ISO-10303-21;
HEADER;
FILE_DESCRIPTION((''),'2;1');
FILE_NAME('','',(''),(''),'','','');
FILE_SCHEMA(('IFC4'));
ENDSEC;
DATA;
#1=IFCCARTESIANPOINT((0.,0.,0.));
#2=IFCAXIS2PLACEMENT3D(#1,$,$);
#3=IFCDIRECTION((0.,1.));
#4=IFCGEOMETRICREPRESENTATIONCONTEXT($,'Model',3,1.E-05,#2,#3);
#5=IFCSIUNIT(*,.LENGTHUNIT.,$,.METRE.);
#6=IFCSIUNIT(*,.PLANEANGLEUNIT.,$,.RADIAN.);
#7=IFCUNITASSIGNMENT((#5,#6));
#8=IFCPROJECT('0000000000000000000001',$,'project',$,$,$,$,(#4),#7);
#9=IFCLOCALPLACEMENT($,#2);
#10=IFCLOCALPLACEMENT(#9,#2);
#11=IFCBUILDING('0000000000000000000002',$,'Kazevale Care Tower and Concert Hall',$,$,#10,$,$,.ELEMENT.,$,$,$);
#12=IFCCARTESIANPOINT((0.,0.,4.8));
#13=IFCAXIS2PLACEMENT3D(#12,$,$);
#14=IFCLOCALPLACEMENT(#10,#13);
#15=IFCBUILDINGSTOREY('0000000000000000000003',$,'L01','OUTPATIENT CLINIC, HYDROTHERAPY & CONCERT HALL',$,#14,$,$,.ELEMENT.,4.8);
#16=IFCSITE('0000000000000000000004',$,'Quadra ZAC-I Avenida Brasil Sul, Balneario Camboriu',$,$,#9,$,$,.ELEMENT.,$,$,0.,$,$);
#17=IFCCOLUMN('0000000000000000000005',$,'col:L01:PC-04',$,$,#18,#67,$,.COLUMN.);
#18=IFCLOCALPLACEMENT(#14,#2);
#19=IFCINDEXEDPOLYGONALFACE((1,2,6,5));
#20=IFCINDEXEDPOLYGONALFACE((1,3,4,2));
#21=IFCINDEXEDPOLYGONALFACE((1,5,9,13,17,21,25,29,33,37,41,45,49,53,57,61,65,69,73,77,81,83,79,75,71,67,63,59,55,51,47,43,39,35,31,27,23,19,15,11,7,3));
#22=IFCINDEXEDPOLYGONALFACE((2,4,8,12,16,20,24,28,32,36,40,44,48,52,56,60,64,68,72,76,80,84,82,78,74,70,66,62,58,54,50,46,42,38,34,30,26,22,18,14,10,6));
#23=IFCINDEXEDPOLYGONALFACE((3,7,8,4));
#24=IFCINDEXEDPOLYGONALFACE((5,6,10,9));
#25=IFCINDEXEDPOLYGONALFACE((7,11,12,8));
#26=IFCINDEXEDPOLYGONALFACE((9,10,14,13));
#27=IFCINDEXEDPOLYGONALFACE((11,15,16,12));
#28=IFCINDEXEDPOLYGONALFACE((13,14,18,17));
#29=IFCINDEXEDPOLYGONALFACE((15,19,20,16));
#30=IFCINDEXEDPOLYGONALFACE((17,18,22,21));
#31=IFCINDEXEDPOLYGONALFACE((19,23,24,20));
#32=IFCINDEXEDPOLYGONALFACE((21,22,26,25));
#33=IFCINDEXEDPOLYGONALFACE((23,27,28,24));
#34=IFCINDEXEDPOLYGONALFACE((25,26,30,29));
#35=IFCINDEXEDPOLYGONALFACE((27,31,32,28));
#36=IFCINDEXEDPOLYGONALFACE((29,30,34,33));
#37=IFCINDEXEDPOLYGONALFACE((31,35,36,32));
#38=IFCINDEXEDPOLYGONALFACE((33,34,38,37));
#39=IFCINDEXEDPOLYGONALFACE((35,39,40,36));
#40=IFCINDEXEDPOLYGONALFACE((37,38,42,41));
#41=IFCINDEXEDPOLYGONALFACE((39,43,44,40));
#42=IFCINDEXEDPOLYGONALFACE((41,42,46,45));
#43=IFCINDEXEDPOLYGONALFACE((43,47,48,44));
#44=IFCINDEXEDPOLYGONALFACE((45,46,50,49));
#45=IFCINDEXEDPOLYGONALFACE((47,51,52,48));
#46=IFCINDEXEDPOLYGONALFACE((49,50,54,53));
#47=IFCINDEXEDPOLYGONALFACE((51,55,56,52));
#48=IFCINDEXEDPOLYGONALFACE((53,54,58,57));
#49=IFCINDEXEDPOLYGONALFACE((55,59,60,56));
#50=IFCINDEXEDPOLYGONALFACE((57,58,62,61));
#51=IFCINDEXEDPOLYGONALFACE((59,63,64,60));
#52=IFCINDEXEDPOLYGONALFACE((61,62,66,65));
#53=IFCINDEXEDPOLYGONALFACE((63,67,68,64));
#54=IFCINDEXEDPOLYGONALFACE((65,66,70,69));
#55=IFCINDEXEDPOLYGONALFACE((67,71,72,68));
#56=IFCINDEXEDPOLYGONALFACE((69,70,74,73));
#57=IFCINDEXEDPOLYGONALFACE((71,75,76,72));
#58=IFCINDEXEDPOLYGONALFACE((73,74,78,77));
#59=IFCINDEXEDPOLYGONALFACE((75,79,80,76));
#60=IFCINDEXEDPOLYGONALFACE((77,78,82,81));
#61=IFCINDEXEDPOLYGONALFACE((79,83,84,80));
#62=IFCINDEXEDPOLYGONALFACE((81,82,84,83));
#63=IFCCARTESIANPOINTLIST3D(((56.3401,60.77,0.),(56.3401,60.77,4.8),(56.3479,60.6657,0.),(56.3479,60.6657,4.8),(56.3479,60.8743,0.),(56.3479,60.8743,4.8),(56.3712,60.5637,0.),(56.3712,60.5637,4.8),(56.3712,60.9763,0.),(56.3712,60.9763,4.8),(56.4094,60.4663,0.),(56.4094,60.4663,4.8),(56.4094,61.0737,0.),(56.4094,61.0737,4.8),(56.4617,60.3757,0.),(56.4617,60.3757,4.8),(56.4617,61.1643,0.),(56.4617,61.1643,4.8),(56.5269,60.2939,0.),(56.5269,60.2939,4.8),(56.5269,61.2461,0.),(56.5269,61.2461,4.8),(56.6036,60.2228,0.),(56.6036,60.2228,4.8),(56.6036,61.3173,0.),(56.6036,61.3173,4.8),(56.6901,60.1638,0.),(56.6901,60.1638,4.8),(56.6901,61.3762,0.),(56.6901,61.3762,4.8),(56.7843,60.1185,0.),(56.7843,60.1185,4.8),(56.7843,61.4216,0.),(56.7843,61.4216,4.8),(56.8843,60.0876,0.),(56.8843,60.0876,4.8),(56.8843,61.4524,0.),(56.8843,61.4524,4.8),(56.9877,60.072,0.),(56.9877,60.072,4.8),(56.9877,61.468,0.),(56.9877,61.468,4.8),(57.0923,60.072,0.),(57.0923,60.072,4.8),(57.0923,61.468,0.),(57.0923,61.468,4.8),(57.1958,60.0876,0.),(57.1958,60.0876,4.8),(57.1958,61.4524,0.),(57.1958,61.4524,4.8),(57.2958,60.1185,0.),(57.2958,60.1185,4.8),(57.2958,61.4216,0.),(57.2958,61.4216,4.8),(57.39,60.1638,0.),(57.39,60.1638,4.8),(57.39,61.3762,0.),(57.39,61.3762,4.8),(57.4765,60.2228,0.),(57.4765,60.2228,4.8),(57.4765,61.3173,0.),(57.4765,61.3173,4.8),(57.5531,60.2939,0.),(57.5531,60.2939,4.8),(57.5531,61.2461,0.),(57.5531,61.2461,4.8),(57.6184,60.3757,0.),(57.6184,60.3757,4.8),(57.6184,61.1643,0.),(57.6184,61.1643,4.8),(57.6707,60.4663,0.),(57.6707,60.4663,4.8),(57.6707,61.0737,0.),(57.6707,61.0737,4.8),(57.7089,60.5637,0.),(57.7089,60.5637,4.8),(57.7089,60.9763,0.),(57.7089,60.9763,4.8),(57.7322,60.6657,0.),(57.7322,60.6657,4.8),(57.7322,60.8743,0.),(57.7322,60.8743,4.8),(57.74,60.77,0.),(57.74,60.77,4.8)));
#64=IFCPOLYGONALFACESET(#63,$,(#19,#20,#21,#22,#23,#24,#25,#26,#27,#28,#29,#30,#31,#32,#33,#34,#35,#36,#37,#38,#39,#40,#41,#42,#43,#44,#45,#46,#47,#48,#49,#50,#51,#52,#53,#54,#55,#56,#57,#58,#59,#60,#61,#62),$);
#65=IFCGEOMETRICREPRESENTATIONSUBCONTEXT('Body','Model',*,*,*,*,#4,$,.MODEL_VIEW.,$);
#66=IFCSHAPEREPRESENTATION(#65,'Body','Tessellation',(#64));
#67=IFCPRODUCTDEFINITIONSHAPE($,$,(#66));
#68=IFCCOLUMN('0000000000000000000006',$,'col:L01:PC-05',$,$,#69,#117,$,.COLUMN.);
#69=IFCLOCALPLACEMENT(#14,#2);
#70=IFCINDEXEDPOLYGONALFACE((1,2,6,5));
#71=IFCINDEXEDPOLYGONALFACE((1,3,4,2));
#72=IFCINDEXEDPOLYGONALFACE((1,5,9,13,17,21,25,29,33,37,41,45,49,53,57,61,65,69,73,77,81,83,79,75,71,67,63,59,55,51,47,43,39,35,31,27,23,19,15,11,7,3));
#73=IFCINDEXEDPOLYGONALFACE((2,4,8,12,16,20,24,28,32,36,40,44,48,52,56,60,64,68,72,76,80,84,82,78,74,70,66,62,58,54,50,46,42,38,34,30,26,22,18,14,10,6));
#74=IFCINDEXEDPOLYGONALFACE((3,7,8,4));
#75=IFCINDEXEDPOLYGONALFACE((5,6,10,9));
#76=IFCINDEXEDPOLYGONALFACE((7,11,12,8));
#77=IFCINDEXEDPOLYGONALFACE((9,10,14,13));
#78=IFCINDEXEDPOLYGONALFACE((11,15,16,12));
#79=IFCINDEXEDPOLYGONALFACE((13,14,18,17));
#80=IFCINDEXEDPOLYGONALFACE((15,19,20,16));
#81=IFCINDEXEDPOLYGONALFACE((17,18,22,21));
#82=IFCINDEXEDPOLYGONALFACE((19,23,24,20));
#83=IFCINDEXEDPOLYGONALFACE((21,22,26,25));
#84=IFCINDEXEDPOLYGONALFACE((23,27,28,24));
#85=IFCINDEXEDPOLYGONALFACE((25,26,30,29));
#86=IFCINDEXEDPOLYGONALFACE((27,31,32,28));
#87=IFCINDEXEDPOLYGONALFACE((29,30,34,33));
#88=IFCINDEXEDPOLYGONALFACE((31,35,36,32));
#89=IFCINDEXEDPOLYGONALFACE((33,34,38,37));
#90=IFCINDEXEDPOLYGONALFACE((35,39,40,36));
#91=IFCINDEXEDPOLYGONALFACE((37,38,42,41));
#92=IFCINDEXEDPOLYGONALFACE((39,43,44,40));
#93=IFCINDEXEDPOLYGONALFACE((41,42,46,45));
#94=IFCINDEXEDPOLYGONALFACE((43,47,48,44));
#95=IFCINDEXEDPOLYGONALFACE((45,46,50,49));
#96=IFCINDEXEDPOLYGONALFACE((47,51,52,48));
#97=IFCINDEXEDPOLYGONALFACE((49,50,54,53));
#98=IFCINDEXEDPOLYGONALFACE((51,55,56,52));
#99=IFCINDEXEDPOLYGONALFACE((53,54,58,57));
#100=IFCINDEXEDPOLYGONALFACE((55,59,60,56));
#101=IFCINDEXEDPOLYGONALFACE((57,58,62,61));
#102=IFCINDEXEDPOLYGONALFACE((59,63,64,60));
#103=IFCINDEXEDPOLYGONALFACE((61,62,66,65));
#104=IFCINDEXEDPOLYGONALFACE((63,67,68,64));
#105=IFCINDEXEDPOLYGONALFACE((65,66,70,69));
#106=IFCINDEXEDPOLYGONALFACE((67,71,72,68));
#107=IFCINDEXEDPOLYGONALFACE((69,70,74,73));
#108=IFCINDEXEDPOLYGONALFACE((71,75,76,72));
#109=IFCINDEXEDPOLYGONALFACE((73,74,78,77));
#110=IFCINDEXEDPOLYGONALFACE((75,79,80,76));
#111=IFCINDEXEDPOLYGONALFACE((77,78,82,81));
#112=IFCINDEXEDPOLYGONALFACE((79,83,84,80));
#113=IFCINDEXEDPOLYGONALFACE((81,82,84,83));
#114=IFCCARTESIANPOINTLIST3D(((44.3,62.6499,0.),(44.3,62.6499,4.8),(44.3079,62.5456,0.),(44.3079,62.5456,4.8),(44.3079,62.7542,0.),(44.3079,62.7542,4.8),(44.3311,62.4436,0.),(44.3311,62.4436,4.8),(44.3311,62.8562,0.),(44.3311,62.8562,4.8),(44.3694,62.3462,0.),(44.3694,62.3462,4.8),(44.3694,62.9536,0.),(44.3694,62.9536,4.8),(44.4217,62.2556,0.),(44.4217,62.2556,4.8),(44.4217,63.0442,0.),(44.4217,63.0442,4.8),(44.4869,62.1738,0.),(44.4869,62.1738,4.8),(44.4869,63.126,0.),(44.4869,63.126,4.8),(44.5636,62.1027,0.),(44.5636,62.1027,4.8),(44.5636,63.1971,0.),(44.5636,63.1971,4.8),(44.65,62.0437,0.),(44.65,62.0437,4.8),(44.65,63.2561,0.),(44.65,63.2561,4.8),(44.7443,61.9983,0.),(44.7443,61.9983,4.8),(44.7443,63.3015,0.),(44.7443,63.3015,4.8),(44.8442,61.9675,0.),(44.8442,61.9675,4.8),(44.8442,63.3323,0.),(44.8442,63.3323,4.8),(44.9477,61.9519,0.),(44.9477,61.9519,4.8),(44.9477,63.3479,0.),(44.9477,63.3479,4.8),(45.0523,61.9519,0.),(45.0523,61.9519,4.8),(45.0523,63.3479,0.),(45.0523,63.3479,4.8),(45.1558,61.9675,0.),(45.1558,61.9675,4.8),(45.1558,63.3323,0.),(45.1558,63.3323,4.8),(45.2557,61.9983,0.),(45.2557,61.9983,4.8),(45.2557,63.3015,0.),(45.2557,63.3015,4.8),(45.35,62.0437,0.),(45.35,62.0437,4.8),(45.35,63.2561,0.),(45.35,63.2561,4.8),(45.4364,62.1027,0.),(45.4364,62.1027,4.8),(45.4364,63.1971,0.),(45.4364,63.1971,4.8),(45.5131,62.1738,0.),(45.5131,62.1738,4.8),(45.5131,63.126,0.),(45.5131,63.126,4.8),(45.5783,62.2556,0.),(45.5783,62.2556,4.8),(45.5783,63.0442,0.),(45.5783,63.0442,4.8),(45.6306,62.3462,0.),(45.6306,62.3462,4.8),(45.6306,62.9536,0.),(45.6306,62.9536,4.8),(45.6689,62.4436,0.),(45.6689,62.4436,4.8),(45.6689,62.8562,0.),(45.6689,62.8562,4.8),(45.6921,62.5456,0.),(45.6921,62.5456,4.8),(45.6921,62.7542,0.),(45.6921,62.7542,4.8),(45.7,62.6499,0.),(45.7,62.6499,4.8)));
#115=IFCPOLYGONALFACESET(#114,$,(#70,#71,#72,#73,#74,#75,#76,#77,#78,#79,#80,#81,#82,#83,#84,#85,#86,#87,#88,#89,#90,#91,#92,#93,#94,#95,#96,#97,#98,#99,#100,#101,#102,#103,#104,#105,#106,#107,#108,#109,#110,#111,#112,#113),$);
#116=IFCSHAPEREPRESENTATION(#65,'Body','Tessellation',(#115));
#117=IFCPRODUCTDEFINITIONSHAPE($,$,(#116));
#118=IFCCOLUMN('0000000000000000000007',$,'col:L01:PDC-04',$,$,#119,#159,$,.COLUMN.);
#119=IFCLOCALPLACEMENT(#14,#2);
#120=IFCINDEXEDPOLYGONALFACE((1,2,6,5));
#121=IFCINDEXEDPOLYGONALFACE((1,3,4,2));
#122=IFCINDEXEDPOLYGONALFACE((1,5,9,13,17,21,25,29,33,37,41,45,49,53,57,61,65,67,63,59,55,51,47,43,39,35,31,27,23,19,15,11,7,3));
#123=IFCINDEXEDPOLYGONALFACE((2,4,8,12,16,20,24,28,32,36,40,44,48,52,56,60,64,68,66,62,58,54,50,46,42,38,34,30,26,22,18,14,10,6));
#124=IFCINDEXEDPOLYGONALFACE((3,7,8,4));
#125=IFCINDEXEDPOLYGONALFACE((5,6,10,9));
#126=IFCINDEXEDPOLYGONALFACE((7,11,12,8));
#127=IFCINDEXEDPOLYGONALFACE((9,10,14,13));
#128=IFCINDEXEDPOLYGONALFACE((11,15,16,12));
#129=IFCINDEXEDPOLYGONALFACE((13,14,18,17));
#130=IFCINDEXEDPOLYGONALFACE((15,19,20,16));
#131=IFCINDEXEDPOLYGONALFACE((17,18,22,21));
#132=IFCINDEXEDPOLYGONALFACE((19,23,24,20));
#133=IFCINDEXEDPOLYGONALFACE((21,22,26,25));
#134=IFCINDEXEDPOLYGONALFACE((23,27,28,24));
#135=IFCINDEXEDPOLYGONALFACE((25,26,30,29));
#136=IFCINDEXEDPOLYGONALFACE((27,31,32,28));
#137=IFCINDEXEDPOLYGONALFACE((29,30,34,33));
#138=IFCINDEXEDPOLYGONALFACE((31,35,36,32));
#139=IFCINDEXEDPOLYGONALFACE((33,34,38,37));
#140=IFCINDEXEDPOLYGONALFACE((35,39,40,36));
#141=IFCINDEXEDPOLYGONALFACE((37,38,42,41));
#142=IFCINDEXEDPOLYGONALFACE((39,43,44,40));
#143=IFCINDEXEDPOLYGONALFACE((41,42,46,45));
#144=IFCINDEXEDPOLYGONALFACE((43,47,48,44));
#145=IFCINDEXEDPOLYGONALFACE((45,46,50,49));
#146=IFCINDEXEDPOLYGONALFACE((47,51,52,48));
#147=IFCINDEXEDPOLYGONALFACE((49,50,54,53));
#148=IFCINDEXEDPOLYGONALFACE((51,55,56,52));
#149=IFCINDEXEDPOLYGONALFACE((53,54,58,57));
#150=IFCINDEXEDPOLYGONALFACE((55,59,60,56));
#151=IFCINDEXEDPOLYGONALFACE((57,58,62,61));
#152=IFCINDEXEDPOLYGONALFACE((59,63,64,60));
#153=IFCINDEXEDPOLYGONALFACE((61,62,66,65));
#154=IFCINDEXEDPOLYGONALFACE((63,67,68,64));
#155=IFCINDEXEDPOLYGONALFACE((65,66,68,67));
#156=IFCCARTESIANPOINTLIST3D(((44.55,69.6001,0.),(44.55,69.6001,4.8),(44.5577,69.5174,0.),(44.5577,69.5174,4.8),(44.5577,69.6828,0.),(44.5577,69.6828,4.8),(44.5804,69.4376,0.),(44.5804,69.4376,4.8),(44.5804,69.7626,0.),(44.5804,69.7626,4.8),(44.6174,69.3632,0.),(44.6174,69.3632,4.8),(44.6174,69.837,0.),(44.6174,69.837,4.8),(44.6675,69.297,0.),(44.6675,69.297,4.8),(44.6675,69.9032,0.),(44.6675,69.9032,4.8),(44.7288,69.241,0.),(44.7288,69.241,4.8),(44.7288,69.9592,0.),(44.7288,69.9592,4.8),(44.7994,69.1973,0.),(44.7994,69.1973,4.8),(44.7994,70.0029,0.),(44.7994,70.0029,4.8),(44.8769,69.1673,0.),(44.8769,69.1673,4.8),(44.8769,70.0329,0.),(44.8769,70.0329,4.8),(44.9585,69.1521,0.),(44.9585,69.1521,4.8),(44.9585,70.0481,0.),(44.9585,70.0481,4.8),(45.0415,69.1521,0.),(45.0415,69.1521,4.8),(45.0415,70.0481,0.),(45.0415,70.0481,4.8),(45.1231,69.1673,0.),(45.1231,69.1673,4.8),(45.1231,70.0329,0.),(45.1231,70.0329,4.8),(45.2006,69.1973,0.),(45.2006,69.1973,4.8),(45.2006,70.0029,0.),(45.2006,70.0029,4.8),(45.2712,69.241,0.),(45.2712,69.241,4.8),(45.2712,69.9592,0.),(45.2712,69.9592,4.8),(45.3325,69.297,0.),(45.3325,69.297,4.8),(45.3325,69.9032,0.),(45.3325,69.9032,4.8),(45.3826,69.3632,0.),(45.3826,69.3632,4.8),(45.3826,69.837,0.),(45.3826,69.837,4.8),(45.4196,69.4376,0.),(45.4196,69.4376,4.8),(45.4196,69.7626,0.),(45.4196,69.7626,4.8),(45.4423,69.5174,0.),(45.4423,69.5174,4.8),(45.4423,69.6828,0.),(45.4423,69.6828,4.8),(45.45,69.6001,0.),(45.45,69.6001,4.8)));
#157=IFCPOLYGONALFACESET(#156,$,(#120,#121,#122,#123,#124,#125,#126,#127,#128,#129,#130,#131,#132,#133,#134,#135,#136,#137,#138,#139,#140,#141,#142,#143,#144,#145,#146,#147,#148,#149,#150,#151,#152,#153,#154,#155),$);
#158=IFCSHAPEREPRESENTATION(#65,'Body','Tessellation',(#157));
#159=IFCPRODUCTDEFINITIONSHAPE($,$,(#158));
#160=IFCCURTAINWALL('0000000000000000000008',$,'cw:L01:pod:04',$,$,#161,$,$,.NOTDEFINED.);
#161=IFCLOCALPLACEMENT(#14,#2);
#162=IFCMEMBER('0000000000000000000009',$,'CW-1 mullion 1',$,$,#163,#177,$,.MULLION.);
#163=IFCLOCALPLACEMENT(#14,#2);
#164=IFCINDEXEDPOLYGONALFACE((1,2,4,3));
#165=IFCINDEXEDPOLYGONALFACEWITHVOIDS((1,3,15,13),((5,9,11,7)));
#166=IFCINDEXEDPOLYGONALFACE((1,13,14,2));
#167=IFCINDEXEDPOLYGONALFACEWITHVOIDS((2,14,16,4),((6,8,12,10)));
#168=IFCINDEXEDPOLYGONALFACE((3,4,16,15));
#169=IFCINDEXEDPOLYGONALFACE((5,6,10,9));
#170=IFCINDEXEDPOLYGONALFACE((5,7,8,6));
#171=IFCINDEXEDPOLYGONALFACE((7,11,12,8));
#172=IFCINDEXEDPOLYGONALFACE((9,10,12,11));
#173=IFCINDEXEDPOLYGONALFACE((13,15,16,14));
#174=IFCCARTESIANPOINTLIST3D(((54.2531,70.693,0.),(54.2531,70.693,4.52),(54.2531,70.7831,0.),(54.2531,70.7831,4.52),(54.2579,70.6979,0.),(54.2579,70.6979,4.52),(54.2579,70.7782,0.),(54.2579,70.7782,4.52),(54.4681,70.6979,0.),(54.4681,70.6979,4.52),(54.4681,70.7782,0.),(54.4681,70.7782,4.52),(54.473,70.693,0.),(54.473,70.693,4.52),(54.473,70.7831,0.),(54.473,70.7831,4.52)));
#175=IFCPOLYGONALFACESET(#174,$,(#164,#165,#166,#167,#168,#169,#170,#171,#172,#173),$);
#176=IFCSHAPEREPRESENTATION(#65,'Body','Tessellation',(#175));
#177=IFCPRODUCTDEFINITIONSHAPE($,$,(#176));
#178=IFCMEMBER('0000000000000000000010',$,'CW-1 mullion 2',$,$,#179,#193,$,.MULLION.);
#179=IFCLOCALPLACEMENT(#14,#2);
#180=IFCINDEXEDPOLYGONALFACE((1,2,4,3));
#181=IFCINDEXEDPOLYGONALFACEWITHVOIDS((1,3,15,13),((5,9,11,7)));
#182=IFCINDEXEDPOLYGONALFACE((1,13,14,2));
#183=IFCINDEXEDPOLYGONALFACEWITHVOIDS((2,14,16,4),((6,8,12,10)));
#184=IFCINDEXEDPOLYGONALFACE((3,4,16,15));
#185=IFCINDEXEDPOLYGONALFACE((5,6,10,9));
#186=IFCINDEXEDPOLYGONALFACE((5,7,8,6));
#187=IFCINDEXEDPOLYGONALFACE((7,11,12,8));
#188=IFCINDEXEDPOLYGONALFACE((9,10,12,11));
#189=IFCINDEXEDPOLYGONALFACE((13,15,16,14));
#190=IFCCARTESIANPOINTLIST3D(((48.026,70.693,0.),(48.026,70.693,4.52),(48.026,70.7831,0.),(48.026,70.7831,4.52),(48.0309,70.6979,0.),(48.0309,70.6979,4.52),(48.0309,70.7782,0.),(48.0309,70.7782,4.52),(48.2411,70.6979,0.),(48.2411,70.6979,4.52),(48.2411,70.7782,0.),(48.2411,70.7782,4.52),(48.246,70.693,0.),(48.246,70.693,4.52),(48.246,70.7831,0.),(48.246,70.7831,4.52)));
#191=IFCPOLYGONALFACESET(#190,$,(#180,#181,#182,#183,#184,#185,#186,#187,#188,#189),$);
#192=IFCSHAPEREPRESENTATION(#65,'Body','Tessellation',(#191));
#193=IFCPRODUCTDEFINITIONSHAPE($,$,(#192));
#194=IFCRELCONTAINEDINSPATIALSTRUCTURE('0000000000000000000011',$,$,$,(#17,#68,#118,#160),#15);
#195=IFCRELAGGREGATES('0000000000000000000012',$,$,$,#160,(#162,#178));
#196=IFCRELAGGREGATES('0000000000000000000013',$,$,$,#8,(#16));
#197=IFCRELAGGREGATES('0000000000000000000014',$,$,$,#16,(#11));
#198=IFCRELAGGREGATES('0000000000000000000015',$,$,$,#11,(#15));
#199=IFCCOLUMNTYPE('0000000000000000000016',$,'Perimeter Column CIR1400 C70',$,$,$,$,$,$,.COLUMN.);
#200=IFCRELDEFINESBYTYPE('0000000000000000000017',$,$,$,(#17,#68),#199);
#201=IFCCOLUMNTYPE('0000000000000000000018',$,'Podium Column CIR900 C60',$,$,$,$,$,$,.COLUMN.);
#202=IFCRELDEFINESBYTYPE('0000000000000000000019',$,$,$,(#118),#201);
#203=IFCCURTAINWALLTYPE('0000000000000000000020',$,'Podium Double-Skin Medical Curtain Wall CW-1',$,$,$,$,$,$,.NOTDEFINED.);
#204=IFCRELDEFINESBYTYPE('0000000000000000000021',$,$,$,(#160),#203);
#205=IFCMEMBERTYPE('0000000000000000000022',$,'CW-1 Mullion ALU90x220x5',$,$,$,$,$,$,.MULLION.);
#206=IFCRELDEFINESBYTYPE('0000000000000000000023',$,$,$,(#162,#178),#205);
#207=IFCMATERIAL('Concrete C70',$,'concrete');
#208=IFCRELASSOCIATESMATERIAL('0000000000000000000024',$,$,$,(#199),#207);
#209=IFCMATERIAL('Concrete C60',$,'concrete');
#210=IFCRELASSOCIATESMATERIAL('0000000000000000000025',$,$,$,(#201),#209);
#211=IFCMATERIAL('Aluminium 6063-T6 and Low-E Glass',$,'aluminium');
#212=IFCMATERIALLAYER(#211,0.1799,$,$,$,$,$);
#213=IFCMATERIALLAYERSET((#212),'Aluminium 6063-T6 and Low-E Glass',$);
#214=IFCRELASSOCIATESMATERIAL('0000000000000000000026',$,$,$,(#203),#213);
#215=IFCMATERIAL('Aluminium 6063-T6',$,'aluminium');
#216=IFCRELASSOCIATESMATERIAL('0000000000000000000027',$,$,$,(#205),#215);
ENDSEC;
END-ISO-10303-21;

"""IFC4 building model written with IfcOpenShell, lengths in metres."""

from ifc_helpers import new_model, si_unit, direction, frame, origin, origin_2d, place, context, subcontext, project, spatial, hollow_rectangle, circle, extrude, material, layer, layer_set, material_profile, profile_set, type_object, element, aggregate, save


model = new_model("IFC4")

# Units and contexts
model_context = context("Model", 3, precision=1e-05, world=origin(), true_north=direction((0.0, 1.0)))
body_context = subcontext(model_context, "Body", "Model", "MODEL_VIEW")
ifc_project = project(units=[si_unit("LENGTHUNIT", "METRE"), si_unit("PLANEANGLEUNIT", "RADIAN")], contexts=[model_context])

# Site, building, storey
site_placement = place(None, origin())
site = spatial("IfcSite", under=ifc_project, at=site_placement, Name="Quadra ZAC-I Avenida Brasil Sul, Balneario Camboriu", CompositionType="ELEMENT", RefElevation=0.0)
building_placement = place(site_placement, origin())
building = spatial("IfcBuilding", under=site, at=building_placement, Name="Kazevale Care Tower and Concert Hall", CompositionType="ELEMENT")
storey_placement = place(building_placement, frame((0.0, 0.0, 4.8)))
storey = spatial("IfcBuildingStorey", under=building, at=storey_placement, Name="L01", Description="OUTPATIENT CLINIC, HYDROTHERAPY & CONCERT HALL", CompositionType="ELEMENT", Elevation=4.8)

# Columns
ifc_material_1 = material(Name="Concrete C70", Category="concrete")
ifc_material_profile_1 = material_profile(ifc_material_1, circle(Radius=0.7, at=origin_2d()), Name="RC-CIR1400")
ifc_profile_set_1 = profile_set([ifc_material_profile_1], Name="Concrete C70")
column_type_1 = type_object("IfcColumnType", Name="Perimeter Column CIR1400 C70", PredefinedType="COLUMN", material=ifc_profile_set_1)
for number, where, z_axis, x_axis, name in (
    (1, (57.04, 60.77, 0.0), (0.0, 0.0, 1.0), (1.0, 0.0, 0.0), "col:L01:PC-04"),
    (2, (45.0, 62.6499, 0.0), (0.0, 0.0, 1.0), (1.0, 0.0, 0.0), "col:L01:PC-05"),
):
    element("IfcColumn", number, at=place(storey_placement, frame(where, z_axis=z_axis, x_axis=x_axis)), inside=storey, type_object=column_type_1, Name=name, PredefinedType="COLUMN", context=body_context, shape_type="SweptSolid", body=[
        extrude(circle(Radius=0.7, at=origin_2d()), origin(), (0.0, 0.0, 1.0), 4.8),
    ])
ifc_material_2 = material(Name="Concrete C60", Category="concrete")
ifc_material_profile_2 = material_profile(ifc_material_2, circle(Radius=0.45, at=origin_2d()), Name="RC-CIR900")
ifc_profile_set_2 = profile_set([ifc_material_profile_2], Name="Concrete C60")
column_type_2 = type_object("IfcColumnType", Name="Podium Column CIR900 C60", PredefinedType="COLUMN", material=ifc_profile_set_2)
column_placement = place(storey_placement, frame((45.0, 69.6001, 0.0), z_axis=(0.0, 0.0, 1.0), x_axis=(1.0, 0.0, 0.0)))
element("IfcColumn", 3, at=column_placement, inside=storey, type_object=column_type_2, Name="col:L01:PDC-04", PredefinedType="COLUMN", context=body_context, shape_type="SweptSolid", body=[
    extrude(circle(Radius=0.45, at=origin_2d()), origin(), (0.0, 0.0, 1.0), 4.8),
])

# Curtain wall, members
ifc_material_3 = material(Name="Aluminium 6063-T6 and Low-E Glass", Category="aluminium")
ifc_layer_1 = layer(ifc_material_3, 0.1799)
ifc_layer_set_1 = layer_set([ifc_layer_1], Name="Aluminium 6063-T6 and Low-E Glass")
curtain_wall_type = type_object("IfcCurtainWallType", Name="Podium Double-Skin Medical Curtain Wall CW-1", PredefinedType="NOTDEFINED", material=ifc_layer_set_1)
curtain_wall_placement = place(storey_placement, origin())
curtain_wall = element("IfcCurtainWall", 4, at=curtain_wall_placement, inside=storey, type_object=curtain_wall_type, Name="cw:L01:pod:04", PredefinedType="NOTDEFINED")
ifc_material_4 = material(Name="Aluminium 6063-T6", Category="aluminium")
ifc_material_profile_3 = material_profile(ifc_material_4, hollow_rectangle(XDim=0.0901, YDim=0.22, WallThickness=0.0049, at=origin_2d()), Name="ALU90x220x5")
ifc_profile_set_3 = profile_set([ifc_material_profile_3], Name="Aluminium 6063-T6")
member_type_1 = type_object("IfcMemberType", Name="CW-1 Mullion ALU90x220x5", PredefinedType="MULLION", material=ifc_profile_set_3)
member_1_placement = place(storey_placement, frame((54.363, 70.738, 0.0), z_axis=(0.0, 0.0, 1.0), x_axis=(0.0, -1.0, 0.0)))
member_1 = element("IfcMember", 5, at=member_1_placement, type_object=member_type_1, Name="CW-1 mullion 1", PredefinedType="MULLION", context=body_context, shape_type="SweptSolid", body=[
    extrude(hollow_rectangle(XDim=0.0901, YDim=0.22, WallThickness=0.0049, at=origin_2d()), origin(), (0.0, 0.0, 1.0), 4.52),
])
member_2_placement = place(storey_placement, frame((48.136, 70.738, 0.0), z_axis=(0.0, 0.0, 1.0), x_axis=(0.0, -1.0, 0.0)))
member_2 = element("IfcMember", 6, at=member_2_placement, type_object=member_type_1, Name="CW-1 mullion 2", PredefinedType="MULLION", context=body_context, shape_type="SweptSolid", body=[
    extrude(hollow_rectangle(XDim=0.0901, YDim=0.22, WallThickness=0.0049, at=origin_2d()), origin(), (0.0, 0.0, 1.0), 4.52),
])

aggregate(curtain_wall, [member_1, member_2])

save(model, "model.ifc")
